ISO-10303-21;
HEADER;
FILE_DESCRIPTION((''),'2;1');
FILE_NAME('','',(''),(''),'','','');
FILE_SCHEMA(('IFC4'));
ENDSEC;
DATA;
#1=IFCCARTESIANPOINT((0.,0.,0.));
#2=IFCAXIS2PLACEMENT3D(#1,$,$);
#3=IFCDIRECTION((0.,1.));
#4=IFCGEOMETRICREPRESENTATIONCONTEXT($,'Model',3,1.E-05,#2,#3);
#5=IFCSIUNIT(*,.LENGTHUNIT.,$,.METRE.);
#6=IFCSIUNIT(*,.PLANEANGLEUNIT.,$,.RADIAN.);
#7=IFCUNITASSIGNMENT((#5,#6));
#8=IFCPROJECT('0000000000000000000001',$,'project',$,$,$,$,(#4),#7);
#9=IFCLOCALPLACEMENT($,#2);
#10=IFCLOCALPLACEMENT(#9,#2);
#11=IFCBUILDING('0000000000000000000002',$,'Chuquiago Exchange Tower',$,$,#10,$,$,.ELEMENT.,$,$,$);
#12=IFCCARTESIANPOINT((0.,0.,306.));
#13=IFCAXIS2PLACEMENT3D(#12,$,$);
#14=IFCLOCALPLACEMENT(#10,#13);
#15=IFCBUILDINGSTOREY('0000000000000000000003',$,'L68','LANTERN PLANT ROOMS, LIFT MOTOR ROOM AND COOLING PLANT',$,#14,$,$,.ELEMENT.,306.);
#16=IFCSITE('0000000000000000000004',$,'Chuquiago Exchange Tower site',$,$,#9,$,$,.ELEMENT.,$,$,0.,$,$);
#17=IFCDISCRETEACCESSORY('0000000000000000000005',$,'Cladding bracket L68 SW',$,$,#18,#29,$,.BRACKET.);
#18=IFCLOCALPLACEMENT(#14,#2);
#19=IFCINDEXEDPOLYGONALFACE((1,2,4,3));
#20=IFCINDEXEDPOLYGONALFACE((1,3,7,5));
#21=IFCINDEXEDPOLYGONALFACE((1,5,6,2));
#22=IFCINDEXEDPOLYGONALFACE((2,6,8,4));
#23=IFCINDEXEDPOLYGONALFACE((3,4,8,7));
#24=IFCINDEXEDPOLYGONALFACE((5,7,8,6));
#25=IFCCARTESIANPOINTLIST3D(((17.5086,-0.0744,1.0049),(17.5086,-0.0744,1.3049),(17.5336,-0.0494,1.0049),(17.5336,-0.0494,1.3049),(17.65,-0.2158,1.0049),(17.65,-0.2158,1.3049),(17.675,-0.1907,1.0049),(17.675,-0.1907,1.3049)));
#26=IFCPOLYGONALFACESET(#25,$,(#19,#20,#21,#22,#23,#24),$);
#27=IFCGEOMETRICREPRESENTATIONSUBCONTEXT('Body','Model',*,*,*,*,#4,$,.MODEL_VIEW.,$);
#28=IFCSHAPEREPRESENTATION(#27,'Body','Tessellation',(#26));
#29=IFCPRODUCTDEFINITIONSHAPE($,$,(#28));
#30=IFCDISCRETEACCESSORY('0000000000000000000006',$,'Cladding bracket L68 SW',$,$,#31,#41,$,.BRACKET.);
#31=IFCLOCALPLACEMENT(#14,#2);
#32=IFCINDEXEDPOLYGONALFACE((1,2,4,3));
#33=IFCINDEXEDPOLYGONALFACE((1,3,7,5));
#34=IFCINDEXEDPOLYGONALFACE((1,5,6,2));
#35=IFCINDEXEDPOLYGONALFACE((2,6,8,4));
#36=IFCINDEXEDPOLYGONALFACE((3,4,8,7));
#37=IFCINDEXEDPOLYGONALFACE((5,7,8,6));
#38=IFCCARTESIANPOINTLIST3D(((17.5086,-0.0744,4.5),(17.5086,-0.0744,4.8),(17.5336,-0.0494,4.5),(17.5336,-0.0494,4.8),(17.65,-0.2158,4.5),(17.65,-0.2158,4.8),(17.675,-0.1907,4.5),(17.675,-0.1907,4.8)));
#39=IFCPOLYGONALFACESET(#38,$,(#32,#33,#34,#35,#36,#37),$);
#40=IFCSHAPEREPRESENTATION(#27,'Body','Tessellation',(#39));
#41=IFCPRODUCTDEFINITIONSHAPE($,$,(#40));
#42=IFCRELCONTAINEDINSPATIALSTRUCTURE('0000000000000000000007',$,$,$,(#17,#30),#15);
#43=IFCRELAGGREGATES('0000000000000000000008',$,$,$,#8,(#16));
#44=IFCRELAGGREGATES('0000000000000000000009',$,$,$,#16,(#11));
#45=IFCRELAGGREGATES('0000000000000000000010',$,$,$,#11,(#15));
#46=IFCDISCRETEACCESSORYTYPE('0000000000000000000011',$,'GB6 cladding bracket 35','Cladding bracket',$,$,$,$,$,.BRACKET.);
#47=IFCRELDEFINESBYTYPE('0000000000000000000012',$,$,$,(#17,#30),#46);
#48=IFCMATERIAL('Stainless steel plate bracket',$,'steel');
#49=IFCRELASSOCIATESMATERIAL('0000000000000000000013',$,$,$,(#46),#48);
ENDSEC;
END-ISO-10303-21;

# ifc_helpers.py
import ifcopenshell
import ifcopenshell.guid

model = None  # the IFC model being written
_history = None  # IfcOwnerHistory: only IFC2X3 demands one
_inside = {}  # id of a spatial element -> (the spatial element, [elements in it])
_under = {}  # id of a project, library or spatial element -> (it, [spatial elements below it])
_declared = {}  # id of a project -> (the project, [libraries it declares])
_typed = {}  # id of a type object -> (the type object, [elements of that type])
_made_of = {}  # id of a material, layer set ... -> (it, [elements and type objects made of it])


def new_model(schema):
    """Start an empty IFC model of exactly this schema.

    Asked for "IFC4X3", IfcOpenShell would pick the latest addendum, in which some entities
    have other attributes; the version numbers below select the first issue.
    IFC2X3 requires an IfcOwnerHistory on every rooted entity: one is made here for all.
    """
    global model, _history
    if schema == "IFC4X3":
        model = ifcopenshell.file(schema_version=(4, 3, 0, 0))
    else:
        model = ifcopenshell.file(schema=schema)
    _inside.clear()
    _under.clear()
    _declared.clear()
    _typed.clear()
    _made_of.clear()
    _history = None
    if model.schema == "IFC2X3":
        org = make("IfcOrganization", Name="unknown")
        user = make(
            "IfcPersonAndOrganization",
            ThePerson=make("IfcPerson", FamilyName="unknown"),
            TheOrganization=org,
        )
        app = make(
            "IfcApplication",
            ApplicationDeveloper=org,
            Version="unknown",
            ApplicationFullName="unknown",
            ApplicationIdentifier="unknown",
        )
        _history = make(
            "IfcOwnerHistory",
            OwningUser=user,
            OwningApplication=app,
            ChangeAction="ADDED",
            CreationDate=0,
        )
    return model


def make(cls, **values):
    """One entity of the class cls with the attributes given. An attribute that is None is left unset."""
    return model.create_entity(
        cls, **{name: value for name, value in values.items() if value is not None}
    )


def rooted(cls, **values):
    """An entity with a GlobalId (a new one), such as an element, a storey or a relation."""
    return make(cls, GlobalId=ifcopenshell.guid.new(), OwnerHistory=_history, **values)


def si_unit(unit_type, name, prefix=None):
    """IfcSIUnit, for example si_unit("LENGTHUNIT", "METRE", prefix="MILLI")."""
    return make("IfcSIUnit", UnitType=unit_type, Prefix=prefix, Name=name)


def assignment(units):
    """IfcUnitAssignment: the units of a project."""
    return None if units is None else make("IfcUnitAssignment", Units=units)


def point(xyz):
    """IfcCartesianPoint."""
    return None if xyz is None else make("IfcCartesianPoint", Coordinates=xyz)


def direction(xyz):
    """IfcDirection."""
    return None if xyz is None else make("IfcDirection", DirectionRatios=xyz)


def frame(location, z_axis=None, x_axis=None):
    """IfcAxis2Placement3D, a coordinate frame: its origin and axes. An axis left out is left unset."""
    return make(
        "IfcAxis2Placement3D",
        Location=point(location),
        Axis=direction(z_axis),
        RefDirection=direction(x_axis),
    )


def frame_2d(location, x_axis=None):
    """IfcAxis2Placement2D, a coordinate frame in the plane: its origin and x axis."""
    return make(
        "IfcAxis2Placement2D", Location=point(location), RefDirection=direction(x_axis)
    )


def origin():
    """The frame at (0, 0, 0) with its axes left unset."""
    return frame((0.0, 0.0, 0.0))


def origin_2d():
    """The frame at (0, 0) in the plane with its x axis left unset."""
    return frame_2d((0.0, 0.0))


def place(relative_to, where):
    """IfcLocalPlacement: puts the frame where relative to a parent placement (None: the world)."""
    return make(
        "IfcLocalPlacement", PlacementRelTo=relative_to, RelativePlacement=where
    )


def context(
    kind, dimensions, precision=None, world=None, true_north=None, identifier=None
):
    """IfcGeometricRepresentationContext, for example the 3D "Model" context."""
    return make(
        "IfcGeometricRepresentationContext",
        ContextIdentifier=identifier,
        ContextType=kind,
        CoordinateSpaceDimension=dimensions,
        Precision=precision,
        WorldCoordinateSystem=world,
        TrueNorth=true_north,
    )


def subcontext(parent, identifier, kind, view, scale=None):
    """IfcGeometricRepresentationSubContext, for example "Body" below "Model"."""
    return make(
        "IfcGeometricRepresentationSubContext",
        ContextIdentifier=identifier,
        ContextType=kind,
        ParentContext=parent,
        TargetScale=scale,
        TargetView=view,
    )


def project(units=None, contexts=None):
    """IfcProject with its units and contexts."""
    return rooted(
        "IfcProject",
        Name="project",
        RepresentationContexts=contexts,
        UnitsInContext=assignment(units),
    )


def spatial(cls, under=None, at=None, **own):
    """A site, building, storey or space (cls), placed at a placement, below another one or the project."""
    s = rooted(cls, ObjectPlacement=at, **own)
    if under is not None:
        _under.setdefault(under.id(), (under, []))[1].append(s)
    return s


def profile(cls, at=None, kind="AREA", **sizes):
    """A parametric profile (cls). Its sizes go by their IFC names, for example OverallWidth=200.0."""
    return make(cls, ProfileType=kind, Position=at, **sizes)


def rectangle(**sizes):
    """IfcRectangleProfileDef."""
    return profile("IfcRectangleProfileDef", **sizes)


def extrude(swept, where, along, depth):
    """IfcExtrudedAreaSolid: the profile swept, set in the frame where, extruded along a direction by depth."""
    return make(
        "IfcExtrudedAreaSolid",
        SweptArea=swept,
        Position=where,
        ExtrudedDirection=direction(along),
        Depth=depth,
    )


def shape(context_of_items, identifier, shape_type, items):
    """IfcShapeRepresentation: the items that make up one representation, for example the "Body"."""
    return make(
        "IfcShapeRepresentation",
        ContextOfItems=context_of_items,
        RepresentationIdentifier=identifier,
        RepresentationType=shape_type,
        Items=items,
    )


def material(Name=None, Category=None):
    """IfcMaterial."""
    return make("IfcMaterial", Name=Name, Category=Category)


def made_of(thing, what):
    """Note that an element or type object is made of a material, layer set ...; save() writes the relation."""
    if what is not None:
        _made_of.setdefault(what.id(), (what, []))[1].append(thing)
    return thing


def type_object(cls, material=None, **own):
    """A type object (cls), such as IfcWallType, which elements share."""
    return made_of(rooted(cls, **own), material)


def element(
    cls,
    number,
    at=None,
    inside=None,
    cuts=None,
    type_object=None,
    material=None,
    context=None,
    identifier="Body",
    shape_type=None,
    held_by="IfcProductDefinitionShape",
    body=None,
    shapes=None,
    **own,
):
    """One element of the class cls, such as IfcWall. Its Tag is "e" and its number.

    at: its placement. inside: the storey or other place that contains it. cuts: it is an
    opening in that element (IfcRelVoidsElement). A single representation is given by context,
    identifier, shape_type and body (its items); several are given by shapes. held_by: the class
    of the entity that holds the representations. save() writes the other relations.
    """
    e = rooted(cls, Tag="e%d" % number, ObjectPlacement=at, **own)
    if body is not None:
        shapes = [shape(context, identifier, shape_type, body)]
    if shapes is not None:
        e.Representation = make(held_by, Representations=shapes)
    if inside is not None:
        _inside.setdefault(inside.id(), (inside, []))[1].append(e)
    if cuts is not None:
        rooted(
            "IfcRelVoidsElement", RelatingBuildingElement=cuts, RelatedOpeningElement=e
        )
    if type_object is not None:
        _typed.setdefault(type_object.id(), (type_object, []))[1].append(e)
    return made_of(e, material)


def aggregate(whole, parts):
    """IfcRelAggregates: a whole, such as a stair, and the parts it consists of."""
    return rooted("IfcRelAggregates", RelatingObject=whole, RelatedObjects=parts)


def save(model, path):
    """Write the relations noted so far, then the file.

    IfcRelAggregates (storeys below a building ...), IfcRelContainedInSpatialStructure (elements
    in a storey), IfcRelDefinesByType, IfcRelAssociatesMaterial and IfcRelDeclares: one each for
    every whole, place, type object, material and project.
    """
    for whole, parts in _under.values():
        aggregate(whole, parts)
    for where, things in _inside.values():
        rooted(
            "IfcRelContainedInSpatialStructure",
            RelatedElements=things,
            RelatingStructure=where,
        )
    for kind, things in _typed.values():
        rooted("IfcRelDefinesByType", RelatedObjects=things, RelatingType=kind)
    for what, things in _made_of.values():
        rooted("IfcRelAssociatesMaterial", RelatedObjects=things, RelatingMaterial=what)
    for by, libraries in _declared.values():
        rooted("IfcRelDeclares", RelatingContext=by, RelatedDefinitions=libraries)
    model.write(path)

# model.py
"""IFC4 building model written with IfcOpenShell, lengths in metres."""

from ifc_helpers import new_model, si_unit, direction, frame, origin, origin_2d, place, context, subcontext, project, spatial, rectangle, extrude, material, type_object, element, save


model = new_model("IFC4")

# Units and contexts
model_context = context("Model", 3, precision=1e-05, world=origin(), true_north=direction((0.0, 1.0)))
body_context = subcontext(model_context, "Body", "Model", "MODEL_VIEW")
ifc_project = project(units=[si_unit("LENGTHUNIT", "METRE"), si_unit("PLANEANGLEUNIT", "RADIAN")], contexts=[model_context])

# Site, building, storey
site_placement = place(None, origin())
site = spatial("IfcSite", under=ifc_project, at=site_placement, Name="Chuquiago Exchange Tower site", CompositionType="ELEMENT", RefElevation=0.0)
building_placement = place(site_placement, origin())
building = spatial("IfcBuilding", under=site, at=building_placement, Name="Chuquiago Exchange Tower", CompositionType="ELEMENT")
storey_placement = place(building_placement, frame((0.0, 0.0, 306.0)))
storey = spatial("IfcBuildingStorey", under=building, at=storey_placement, Name="L68", Description="LANTERN PLANT ROOMS, LIFT MOTOR ROOM AND COOLING PLANT", CompositionType="ELEMENT", Elevation=306.0)

# Discrete accessories
ifc_material_1 = material(Name="Stainless steel plate bracket", Category="steel")
discrete_accessory_type_1 = type_object("IfcDiscreteAccessoryType", Name="GB6 cladding bracket 35", Description="Cladding bracket", PredefinedType="BRACKET", material=ifc_material_1)
for number, where, z_axis, x_axis, name in (
    (1, (17.5918, -0.1326, 1.0049), (0.0, 0.0, 1.0), (0.707107, -0.707107, 0.0), "Cladding bracket L68 SW"),
    (2, (17.5918, -0.1326, 4.5), (0.0, 0.0, 1.0), (0.707107, -0.707107, 0.0), "Cladding bracket L68 SW"),
):
    element("IfcDiscreteAccessory", number, at=place(storey_placement, frame(where, z_axis=z_axis, x_axis=x_axis)), inside=storey, type_object=discrete_accessory_type_1, Name=name, PredefinedType="BRACKET", context=body_context, shape_type="SweptSolid", body=[
        extrude(rectangle(XDim=0.2, YDim=0.0354, at=origin_2d()), origin(), (0.0, 0.0, 1.0), 0.3),
    ])

save(model, "model.ifc")
